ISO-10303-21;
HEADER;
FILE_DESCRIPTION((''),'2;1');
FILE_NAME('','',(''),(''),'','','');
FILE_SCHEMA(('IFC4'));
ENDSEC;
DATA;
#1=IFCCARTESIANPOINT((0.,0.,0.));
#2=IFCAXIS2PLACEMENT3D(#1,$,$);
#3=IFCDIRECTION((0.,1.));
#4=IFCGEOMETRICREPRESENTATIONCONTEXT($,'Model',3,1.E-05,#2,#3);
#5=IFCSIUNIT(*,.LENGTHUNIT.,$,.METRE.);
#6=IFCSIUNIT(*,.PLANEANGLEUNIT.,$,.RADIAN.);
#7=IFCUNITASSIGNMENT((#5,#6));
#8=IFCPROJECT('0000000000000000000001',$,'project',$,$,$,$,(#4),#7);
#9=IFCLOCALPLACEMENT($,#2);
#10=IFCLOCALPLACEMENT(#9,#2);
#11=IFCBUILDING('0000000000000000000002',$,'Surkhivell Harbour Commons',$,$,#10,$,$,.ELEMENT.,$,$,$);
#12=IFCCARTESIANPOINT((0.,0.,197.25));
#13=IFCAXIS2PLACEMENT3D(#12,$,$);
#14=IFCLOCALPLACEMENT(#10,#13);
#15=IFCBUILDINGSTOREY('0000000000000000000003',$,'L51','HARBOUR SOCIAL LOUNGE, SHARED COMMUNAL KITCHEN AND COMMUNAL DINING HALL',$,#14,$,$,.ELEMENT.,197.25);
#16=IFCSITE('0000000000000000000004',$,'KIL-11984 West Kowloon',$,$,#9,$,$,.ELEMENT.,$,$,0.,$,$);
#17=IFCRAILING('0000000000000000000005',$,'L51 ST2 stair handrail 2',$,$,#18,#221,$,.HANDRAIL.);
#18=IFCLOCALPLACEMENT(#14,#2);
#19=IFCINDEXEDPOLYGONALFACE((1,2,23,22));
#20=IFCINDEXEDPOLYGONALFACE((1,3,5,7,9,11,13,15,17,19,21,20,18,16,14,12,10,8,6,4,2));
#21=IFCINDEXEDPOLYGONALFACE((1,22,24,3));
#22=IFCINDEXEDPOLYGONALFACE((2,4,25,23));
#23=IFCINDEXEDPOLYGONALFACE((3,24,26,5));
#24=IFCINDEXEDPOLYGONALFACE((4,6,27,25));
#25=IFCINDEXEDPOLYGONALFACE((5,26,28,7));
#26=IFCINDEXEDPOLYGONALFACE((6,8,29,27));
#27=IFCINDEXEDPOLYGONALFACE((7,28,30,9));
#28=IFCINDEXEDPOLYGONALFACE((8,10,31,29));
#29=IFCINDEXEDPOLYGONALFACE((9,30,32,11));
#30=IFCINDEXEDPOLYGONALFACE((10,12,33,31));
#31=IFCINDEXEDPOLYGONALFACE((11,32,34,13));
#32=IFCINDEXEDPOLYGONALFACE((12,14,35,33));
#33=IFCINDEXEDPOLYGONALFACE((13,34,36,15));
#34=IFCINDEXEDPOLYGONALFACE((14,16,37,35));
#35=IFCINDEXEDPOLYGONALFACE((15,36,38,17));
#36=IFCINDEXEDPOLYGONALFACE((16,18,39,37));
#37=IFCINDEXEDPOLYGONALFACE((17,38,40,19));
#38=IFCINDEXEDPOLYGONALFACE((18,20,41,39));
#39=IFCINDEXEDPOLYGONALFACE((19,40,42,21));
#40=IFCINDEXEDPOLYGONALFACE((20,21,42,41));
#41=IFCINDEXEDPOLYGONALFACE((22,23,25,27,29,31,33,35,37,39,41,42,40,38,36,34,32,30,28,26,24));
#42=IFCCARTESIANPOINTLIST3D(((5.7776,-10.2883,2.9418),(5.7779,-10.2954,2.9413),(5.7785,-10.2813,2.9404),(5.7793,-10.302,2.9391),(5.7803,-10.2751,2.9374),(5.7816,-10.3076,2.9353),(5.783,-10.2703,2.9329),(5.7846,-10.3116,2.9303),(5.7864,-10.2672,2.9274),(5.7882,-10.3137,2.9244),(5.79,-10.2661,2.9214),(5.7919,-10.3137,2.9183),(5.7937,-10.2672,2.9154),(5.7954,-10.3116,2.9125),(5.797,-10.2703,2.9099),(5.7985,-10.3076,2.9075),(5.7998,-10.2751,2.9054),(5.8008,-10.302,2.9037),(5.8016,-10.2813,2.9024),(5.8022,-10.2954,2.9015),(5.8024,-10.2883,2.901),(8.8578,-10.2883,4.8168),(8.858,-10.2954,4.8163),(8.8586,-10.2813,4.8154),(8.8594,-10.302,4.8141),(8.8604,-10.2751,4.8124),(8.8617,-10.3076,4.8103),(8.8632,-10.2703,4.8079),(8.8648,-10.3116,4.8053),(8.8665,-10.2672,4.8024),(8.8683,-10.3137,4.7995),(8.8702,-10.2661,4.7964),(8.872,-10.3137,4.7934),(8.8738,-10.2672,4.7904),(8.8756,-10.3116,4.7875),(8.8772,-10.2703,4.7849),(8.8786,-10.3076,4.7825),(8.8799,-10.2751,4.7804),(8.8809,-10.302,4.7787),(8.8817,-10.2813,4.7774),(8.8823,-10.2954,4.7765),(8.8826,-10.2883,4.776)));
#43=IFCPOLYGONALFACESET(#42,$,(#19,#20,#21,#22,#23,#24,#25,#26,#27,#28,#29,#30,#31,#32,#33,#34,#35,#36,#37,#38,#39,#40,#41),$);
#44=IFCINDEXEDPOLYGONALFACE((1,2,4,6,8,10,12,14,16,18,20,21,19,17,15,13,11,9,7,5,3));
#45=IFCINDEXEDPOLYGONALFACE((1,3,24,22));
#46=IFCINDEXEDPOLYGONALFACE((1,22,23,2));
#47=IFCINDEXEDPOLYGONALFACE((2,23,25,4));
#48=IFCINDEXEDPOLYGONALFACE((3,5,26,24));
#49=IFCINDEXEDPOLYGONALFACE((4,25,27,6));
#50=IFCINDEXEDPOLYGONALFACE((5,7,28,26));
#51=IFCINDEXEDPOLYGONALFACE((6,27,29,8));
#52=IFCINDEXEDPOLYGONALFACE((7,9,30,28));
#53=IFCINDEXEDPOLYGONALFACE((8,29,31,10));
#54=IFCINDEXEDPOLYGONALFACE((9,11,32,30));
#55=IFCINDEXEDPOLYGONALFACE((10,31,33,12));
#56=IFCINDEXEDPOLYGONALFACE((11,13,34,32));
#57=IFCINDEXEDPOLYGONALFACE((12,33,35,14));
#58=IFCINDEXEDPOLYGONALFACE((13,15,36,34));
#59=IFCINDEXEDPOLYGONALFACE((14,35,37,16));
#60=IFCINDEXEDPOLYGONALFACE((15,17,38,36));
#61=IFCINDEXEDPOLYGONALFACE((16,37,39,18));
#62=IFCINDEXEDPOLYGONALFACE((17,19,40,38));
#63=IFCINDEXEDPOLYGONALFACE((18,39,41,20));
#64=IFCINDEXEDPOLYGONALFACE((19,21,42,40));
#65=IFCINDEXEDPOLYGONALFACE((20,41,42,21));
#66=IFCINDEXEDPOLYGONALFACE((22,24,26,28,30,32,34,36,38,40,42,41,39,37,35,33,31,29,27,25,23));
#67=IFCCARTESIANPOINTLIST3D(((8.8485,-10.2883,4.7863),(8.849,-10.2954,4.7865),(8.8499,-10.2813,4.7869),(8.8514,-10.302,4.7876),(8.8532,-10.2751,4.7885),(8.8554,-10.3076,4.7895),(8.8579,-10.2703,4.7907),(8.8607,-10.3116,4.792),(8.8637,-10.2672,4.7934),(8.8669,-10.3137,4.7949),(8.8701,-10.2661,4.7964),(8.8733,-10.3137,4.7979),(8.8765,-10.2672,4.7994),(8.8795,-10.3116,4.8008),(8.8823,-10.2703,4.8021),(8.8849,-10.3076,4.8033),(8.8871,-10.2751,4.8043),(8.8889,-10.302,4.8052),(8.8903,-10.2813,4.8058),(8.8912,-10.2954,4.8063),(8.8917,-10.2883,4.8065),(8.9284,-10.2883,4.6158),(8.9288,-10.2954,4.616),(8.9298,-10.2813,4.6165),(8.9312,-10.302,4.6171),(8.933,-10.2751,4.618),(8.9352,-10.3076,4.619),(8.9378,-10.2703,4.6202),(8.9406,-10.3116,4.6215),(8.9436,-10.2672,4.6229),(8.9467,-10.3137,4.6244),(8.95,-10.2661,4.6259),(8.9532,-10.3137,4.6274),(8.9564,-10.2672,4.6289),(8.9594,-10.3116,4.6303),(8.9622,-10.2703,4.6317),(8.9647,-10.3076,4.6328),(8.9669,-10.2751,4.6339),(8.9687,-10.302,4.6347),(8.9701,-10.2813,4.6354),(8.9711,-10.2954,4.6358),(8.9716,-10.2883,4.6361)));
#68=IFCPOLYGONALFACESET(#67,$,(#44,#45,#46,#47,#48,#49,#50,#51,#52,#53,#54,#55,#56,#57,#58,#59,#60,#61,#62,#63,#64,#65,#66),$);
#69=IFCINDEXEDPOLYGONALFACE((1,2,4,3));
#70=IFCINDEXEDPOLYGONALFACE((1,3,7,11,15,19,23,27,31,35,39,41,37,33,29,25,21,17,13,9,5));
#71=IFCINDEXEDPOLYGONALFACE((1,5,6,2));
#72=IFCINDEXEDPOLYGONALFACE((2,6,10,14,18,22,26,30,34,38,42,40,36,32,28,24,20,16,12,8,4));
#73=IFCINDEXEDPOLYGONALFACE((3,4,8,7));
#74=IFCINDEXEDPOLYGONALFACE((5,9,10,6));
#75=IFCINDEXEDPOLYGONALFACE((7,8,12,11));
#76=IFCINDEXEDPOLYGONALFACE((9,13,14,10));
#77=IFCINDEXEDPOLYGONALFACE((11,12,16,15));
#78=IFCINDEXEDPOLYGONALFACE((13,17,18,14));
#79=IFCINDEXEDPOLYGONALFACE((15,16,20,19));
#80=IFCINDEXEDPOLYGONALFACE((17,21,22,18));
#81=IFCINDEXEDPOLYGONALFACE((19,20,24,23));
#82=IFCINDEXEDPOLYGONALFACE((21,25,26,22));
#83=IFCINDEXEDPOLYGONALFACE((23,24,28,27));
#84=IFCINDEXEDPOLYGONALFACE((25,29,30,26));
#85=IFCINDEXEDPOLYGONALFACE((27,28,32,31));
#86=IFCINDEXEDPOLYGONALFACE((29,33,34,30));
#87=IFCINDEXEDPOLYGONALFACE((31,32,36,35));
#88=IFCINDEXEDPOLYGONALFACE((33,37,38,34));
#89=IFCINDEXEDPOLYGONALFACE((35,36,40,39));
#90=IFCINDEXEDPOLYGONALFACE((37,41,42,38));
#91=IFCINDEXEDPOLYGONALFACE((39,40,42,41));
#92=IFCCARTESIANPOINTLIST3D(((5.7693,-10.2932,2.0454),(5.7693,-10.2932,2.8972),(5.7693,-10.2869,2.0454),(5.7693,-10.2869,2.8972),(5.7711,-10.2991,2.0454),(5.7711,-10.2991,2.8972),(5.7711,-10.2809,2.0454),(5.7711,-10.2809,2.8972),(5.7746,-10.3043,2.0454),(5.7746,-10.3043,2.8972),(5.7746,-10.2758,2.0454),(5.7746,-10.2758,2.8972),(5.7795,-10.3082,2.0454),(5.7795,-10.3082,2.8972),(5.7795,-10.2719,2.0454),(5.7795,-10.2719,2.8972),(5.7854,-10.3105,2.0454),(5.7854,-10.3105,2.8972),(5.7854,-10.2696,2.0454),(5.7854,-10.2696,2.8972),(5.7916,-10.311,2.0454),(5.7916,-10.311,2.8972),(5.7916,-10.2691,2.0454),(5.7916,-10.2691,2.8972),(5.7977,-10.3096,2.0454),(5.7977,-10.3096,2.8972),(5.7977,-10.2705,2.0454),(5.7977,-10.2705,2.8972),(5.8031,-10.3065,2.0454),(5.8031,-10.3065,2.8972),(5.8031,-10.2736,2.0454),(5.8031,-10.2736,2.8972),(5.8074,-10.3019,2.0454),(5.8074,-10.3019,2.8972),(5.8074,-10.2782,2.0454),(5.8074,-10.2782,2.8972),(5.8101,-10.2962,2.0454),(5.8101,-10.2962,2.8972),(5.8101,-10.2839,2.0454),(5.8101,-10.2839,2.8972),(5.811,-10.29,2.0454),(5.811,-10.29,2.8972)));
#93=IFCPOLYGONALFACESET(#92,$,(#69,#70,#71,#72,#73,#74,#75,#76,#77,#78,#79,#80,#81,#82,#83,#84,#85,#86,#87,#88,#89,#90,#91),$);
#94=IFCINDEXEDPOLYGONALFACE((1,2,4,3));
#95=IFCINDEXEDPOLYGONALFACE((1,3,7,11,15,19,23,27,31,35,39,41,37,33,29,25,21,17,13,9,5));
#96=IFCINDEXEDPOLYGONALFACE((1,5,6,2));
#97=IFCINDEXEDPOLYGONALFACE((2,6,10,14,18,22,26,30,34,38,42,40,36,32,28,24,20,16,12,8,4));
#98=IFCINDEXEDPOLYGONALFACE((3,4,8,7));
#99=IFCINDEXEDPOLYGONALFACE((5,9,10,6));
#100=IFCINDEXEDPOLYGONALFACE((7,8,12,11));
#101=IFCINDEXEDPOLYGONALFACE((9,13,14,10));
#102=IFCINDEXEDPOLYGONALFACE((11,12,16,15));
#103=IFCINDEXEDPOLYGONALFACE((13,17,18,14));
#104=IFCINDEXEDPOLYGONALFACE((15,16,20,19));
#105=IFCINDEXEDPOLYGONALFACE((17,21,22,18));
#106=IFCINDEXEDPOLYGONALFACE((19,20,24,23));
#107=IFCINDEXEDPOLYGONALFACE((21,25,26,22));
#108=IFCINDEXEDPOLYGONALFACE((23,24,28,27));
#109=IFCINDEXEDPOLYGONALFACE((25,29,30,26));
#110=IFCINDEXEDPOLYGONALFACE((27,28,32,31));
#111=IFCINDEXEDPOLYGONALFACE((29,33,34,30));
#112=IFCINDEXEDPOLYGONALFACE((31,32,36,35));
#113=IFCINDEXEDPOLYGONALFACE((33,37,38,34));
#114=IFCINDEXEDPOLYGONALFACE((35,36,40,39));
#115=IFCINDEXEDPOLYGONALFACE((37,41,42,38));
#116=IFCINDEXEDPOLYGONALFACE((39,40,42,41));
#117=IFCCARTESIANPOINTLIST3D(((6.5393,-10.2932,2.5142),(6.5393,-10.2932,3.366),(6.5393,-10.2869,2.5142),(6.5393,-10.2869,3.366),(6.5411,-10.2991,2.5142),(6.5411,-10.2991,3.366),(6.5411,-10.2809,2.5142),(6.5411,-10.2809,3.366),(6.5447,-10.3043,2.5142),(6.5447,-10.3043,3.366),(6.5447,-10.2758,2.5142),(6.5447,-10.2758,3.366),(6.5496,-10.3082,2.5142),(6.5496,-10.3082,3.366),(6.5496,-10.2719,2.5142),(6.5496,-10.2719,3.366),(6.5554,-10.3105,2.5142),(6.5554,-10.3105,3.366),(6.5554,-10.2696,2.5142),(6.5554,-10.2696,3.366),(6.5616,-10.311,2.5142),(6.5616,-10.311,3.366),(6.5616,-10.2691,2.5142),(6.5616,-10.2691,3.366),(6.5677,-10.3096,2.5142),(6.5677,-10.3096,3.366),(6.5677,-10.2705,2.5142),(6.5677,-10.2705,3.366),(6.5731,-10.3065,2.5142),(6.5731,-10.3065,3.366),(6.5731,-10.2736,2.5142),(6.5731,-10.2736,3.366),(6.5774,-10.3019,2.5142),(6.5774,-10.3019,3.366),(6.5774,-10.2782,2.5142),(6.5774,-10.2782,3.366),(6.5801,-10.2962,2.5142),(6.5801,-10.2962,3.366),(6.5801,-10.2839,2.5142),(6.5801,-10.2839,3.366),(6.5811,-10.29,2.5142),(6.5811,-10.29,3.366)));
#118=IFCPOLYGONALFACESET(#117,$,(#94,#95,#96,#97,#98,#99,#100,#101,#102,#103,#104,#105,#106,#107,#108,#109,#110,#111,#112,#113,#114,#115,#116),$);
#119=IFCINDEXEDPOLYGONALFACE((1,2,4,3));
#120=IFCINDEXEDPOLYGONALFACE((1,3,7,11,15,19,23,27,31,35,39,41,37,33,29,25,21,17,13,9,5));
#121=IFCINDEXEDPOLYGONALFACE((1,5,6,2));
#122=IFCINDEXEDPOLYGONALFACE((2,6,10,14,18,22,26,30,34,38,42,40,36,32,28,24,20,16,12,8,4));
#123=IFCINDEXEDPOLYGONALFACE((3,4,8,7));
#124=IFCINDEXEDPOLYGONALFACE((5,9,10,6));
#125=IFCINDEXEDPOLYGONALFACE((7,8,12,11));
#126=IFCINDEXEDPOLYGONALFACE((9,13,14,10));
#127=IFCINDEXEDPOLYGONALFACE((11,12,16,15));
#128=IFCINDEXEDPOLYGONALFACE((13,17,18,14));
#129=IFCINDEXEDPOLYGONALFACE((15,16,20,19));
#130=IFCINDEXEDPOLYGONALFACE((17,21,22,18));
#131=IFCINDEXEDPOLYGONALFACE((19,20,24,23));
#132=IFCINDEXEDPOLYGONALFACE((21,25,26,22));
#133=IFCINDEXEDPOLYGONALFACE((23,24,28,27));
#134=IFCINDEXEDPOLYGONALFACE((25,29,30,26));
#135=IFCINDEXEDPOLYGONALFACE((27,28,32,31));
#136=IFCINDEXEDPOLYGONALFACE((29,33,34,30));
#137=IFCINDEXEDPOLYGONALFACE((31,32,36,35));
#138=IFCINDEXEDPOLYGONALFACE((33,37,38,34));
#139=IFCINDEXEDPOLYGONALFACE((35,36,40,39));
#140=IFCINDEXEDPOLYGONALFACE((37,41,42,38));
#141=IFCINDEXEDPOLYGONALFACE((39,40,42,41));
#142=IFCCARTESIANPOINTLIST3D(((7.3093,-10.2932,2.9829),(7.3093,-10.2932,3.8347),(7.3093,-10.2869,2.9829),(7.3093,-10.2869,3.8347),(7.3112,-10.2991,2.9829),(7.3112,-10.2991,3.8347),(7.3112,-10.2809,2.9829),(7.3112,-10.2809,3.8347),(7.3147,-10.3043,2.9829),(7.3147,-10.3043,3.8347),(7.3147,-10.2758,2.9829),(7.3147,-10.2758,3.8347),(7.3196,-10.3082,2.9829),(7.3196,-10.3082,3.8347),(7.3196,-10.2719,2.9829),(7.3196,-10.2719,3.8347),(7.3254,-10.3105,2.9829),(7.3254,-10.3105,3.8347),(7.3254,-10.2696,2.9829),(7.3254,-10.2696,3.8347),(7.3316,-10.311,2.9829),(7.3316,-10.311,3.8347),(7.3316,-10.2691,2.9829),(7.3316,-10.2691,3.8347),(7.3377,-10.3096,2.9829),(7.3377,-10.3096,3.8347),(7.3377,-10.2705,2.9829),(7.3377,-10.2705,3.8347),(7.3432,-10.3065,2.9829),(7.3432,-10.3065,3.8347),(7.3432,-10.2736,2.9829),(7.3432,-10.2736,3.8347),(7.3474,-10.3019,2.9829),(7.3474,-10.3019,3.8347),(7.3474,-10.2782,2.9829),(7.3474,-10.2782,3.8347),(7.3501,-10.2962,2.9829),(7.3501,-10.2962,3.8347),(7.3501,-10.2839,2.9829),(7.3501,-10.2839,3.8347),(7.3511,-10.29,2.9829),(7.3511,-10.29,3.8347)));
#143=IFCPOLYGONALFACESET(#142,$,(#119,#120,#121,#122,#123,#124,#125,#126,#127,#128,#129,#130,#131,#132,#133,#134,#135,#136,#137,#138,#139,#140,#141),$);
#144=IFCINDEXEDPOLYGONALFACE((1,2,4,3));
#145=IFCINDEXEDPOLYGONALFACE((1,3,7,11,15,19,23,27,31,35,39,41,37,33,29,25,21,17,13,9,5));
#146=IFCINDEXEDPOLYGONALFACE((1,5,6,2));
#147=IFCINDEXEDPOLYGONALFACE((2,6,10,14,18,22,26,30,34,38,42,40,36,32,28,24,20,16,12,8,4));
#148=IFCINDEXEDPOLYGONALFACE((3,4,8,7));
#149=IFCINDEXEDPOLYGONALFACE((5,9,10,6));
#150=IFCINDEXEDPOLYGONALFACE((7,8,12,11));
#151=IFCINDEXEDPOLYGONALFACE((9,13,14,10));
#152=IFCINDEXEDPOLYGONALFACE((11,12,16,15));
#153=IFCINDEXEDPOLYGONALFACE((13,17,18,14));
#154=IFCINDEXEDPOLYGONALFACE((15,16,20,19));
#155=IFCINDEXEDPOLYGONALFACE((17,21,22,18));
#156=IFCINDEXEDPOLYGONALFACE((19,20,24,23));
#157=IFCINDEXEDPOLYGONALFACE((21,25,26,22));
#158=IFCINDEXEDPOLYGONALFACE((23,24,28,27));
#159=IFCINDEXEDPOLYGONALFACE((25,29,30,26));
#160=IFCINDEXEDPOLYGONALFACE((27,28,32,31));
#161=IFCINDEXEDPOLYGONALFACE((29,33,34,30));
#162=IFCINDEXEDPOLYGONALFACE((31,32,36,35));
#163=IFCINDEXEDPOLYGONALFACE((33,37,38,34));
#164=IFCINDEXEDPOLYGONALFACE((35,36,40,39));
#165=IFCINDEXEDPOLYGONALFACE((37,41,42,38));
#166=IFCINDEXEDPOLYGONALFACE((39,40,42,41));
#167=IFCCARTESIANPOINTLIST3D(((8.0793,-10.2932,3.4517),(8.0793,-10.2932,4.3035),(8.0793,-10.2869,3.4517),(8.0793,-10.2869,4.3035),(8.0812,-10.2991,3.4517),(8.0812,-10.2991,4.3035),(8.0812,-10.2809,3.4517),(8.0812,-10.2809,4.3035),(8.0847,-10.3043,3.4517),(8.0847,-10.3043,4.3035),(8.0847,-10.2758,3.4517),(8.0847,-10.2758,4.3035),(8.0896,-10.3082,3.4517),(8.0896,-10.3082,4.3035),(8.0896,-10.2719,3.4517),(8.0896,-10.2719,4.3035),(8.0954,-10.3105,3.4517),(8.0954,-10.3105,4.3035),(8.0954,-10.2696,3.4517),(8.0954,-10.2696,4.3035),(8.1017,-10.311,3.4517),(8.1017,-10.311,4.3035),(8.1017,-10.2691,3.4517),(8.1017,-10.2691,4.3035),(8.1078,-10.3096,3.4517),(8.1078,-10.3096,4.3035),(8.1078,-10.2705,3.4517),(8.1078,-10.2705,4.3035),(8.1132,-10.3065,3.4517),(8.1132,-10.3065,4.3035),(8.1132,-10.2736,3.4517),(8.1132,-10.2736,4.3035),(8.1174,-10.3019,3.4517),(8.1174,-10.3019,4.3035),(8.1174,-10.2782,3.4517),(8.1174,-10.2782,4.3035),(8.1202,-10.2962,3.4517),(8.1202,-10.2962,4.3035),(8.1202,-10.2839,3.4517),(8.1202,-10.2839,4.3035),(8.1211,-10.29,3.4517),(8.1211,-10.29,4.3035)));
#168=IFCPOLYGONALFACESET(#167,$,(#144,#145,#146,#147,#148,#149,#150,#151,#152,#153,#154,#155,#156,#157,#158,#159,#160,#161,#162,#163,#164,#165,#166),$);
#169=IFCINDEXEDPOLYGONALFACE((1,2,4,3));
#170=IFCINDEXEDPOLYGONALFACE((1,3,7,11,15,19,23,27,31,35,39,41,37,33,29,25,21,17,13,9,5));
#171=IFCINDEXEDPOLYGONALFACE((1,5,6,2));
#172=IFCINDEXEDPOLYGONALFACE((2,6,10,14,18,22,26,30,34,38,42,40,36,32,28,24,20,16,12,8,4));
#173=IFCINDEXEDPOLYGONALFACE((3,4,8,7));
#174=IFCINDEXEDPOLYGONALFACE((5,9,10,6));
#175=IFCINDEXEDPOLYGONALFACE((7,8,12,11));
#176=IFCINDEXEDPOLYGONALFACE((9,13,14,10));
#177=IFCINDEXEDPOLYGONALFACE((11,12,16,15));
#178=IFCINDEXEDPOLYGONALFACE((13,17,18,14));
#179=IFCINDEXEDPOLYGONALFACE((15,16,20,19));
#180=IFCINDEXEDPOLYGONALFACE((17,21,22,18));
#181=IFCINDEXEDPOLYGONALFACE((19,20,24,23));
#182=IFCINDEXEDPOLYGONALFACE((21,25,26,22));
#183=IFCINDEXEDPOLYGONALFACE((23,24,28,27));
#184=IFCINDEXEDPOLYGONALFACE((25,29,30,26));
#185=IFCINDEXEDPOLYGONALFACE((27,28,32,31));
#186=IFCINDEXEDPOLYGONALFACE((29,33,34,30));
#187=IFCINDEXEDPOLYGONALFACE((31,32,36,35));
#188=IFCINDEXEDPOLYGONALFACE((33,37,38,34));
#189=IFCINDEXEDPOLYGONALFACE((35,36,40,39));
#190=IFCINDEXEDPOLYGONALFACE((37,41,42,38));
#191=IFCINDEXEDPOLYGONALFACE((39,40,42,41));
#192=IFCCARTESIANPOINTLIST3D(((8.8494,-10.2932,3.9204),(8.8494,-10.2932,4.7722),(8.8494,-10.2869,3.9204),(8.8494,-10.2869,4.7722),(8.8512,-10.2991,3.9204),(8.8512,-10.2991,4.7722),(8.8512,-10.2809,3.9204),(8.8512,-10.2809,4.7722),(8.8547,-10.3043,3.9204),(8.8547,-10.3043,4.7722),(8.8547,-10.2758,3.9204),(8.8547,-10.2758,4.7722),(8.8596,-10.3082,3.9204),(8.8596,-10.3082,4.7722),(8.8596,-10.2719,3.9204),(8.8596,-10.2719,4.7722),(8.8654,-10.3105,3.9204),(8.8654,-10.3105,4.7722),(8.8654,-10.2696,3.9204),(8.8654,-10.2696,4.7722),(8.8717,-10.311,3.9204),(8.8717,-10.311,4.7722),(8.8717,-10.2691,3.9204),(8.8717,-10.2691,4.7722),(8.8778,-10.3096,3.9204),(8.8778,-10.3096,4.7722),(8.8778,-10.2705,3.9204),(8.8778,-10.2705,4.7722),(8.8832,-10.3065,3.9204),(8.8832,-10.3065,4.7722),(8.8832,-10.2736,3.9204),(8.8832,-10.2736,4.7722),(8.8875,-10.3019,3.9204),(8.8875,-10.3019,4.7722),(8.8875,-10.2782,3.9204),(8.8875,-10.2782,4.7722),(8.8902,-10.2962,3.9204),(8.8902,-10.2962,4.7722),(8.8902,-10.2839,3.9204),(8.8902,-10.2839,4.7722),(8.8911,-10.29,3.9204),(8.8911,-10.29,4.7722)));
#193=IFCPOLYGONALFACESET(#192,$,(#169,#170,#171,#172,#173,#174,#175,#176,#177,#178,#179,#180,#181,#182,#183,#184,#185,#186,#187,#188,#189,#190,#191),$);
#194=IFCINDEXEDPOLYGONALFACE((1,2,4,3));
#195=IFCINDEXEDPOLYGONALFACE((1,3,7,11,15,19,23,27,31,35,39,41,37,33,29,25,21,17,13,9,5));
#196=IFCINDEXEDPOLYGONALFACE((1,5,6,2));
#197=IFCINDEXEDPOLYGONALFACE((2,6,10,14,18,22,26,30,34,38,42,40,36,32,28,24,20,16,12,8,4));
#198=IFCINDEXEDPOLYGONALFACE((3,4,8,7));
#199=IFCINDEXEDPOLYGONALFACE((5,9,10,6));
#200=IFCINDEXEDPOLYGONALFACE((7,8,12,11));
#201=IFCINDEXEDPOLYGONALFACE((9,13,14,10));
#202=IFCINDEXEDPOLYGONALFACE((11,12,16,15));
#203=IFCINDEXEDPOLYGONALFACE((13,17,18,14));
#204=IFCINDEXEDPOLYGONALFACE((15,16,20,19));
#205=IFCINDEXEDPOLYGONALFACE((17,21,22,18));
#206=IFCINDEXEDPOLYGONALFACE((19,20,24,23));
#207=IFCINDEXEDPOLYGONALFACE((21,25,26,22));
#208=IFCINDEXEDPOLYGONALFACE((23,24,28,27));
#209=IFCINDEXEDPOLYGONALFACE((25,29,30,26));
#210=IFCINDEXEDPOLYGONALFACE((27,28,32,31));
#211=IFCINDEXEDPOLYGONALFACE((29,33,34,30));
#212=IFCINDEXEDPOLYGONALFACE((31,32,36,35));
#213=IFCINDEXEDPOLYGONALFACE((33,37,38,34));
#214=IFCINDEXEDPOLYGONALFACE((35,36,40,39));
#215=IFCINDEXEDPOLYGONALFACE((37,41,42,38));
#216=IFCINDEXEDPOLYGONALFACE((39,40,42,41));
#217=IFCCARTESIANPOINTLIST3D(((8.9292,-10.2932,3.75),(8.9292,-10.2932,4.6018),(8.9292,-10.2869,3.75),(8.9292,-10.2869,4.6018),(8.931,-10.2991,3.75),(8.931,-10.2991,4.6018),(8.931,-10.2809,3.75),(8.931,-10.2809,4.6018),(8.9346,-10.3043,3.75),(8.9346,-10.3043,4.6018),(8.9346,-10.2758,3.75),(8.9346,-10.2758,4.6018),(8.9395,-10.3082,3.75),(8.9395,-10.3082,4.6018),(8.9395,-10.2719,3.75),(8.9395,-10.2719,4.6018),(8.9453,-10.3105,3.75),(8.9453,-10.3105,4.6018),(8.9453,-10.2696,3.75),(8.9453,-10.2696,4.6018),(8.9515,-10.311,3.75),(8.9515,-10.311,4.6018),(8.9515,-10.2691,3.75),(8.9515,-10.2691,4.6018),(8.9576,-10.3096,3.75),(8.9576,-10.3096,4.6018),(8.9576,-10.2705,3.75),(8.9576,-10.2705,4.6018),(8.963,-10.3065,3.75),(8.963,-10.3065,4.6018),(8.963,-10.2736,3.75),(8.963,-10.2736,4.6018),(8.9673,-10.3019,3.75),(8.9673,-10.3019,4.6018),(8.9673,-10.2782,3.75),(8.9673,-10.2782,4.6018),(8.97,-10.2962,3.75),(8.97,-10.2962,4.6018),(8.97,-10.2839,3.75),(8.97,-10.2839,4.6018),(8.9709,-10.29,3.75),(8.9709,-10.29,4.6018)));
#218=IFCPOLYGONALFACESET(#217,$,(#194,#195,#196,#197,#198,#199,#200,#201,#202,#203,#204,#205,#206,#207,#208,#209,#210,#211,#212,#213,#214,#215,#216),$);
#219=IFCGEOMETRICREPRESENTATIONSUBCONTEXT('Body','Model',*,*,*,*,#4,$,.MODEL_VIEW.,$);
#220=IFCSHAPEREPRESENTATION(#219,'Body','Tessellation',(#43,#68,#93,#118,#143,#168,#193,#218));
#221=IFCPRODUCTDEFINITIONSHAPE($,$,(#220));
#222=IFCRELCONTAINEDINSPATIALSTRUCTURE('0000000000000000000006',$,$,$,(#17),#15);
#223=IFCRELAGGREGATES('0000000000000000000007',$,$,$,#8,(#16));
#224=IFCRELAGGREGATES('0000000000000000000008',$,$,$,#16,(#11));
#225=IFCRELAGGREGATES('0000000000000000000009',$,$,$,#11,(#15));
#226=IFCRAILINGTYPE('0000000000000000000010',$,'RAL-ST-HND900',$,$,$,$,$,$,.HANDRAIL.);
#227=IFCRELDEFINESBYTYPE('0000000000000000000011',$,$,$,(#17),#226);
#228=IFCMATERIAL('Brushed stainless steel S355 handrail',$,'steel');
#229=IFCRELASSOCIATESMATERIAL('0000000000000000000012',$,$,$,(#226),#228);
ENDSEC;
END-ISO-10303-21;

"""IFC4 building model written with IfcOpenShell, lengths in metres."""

from ifc_helpers import new_model, si_unit, direction, frame, origin, origin_2d, place, context, subcontext, project, spatial, circle, extrude, material, type_object, element, save


model = new_model("IFC4")

# Units and contexts
model_context = context("Model", 3, precision=1e-05, world=origin(), true_north=direction((0.0, 1.0)))
body_context = subcontext(model_context, "Body", "Model", "MODEL_VIEW")
ifc_project = project(units=[si_unit("LENGTHUNIT", "METRE"), si_unit("PLANEANGLEUNIT", "RADIAN")], contexts=[model_context])

# Site, building, storey
site_placement = place(None, origin())
site = spatial("IfcSite", under=ifc_project, at=site_placement, Name="KIL-11984 West Kowloon", CompositionType="ELEMENT", RefElevation=0.0)
building_placement = place(site_placement, origin())
building = spatial("IfcBuilding", under=site, at=building_placement, Name="Surkhivell Harbour Commons", CompositionType="ELEMENT")
storey_placement = place(building_placement, frame((0.0, 0.0, 197.25)))
storey = spatial("IfcBuildingStorey", under=building, at=storey_placement, Name="L51", Description="HARBOUR SOCIAL LOUNGE, SHARED COMMUNAL KITCHEN AND COMMUNAL DINING HALL", CompositionType="ELEMENT", Elevation=197.25)

# Railing
ifc_material_1 = material(Name="Brushed stainless steel S355 handrail", Category="steel")
railing_type = type_object("IfcRailingType", Name="RAL-ST-HND900", PredefinedType="HANDRAIL", material=ifc_material_1)
railing_placement = place(storey_placement, frame((5.79, -10.29, 2.0454)))
element("IfcRailing", 1, at=railing_placement, inside=storey, type_object=railing_type, Name="L51 ST2 stair handrail 2", PredefinedType="HANDRAIL", context=body_context, shape_type="SweptSolid", body=[
    extrude(circle(Radius=0.0239, at=origin_2d()), frame((0.0, 0.0, 0.876), z_axis=(0.854178, 0.0, 0.519981), x_axis=(0.0, 1.0, 0.0)), (0.0, 0.0, 1.0), 3.606),
    extrude(circle(Radius=0.0239, at=origin_2d()), frame((3.0801, 0.0, 2.751), z_axis=(0.424234, 0.0, -0.905552), x_axis=(0.0, 1.0, 0.0)), (0.0, 0.0, 1.0), 0.1882),
    extrude(circle(Radius=0.021, at=origin_2d()), origin(), (0.0, 0.0, 1.0), 0.8518),
    extrude(circle(Radius=0.021, at=origin_2d()), frame((0.77, 0.0, 0.4688)), (0.0, 0.0, 1.0), 0.8518),
    extrude(circle(Radius=0.021, at=origin_2d()), frame((1.54, 0.0, 0.9375)), (0.0, 0.0, 1.0), 0.8518),
    extrude(circle(Radius=0.021, at=origin_2d()), frame((2.3101, 0.0, 1.4062)), (0.0, 0.0, 1.0), 0.8518),
    extrude(circle(Radius=0.021, at=origin_2d()), frame((3.0801, 0.0, 1.875)), (0.0, 0.0, 1.0), 0.8518),
    extrude(circle(Radius=0.021, at=origin_2d()), frame((3.1599, 0.0, 1.7046)), (0.0, 0.0, 1.0), 0.8518),
])

save(model, "model.ifc")
